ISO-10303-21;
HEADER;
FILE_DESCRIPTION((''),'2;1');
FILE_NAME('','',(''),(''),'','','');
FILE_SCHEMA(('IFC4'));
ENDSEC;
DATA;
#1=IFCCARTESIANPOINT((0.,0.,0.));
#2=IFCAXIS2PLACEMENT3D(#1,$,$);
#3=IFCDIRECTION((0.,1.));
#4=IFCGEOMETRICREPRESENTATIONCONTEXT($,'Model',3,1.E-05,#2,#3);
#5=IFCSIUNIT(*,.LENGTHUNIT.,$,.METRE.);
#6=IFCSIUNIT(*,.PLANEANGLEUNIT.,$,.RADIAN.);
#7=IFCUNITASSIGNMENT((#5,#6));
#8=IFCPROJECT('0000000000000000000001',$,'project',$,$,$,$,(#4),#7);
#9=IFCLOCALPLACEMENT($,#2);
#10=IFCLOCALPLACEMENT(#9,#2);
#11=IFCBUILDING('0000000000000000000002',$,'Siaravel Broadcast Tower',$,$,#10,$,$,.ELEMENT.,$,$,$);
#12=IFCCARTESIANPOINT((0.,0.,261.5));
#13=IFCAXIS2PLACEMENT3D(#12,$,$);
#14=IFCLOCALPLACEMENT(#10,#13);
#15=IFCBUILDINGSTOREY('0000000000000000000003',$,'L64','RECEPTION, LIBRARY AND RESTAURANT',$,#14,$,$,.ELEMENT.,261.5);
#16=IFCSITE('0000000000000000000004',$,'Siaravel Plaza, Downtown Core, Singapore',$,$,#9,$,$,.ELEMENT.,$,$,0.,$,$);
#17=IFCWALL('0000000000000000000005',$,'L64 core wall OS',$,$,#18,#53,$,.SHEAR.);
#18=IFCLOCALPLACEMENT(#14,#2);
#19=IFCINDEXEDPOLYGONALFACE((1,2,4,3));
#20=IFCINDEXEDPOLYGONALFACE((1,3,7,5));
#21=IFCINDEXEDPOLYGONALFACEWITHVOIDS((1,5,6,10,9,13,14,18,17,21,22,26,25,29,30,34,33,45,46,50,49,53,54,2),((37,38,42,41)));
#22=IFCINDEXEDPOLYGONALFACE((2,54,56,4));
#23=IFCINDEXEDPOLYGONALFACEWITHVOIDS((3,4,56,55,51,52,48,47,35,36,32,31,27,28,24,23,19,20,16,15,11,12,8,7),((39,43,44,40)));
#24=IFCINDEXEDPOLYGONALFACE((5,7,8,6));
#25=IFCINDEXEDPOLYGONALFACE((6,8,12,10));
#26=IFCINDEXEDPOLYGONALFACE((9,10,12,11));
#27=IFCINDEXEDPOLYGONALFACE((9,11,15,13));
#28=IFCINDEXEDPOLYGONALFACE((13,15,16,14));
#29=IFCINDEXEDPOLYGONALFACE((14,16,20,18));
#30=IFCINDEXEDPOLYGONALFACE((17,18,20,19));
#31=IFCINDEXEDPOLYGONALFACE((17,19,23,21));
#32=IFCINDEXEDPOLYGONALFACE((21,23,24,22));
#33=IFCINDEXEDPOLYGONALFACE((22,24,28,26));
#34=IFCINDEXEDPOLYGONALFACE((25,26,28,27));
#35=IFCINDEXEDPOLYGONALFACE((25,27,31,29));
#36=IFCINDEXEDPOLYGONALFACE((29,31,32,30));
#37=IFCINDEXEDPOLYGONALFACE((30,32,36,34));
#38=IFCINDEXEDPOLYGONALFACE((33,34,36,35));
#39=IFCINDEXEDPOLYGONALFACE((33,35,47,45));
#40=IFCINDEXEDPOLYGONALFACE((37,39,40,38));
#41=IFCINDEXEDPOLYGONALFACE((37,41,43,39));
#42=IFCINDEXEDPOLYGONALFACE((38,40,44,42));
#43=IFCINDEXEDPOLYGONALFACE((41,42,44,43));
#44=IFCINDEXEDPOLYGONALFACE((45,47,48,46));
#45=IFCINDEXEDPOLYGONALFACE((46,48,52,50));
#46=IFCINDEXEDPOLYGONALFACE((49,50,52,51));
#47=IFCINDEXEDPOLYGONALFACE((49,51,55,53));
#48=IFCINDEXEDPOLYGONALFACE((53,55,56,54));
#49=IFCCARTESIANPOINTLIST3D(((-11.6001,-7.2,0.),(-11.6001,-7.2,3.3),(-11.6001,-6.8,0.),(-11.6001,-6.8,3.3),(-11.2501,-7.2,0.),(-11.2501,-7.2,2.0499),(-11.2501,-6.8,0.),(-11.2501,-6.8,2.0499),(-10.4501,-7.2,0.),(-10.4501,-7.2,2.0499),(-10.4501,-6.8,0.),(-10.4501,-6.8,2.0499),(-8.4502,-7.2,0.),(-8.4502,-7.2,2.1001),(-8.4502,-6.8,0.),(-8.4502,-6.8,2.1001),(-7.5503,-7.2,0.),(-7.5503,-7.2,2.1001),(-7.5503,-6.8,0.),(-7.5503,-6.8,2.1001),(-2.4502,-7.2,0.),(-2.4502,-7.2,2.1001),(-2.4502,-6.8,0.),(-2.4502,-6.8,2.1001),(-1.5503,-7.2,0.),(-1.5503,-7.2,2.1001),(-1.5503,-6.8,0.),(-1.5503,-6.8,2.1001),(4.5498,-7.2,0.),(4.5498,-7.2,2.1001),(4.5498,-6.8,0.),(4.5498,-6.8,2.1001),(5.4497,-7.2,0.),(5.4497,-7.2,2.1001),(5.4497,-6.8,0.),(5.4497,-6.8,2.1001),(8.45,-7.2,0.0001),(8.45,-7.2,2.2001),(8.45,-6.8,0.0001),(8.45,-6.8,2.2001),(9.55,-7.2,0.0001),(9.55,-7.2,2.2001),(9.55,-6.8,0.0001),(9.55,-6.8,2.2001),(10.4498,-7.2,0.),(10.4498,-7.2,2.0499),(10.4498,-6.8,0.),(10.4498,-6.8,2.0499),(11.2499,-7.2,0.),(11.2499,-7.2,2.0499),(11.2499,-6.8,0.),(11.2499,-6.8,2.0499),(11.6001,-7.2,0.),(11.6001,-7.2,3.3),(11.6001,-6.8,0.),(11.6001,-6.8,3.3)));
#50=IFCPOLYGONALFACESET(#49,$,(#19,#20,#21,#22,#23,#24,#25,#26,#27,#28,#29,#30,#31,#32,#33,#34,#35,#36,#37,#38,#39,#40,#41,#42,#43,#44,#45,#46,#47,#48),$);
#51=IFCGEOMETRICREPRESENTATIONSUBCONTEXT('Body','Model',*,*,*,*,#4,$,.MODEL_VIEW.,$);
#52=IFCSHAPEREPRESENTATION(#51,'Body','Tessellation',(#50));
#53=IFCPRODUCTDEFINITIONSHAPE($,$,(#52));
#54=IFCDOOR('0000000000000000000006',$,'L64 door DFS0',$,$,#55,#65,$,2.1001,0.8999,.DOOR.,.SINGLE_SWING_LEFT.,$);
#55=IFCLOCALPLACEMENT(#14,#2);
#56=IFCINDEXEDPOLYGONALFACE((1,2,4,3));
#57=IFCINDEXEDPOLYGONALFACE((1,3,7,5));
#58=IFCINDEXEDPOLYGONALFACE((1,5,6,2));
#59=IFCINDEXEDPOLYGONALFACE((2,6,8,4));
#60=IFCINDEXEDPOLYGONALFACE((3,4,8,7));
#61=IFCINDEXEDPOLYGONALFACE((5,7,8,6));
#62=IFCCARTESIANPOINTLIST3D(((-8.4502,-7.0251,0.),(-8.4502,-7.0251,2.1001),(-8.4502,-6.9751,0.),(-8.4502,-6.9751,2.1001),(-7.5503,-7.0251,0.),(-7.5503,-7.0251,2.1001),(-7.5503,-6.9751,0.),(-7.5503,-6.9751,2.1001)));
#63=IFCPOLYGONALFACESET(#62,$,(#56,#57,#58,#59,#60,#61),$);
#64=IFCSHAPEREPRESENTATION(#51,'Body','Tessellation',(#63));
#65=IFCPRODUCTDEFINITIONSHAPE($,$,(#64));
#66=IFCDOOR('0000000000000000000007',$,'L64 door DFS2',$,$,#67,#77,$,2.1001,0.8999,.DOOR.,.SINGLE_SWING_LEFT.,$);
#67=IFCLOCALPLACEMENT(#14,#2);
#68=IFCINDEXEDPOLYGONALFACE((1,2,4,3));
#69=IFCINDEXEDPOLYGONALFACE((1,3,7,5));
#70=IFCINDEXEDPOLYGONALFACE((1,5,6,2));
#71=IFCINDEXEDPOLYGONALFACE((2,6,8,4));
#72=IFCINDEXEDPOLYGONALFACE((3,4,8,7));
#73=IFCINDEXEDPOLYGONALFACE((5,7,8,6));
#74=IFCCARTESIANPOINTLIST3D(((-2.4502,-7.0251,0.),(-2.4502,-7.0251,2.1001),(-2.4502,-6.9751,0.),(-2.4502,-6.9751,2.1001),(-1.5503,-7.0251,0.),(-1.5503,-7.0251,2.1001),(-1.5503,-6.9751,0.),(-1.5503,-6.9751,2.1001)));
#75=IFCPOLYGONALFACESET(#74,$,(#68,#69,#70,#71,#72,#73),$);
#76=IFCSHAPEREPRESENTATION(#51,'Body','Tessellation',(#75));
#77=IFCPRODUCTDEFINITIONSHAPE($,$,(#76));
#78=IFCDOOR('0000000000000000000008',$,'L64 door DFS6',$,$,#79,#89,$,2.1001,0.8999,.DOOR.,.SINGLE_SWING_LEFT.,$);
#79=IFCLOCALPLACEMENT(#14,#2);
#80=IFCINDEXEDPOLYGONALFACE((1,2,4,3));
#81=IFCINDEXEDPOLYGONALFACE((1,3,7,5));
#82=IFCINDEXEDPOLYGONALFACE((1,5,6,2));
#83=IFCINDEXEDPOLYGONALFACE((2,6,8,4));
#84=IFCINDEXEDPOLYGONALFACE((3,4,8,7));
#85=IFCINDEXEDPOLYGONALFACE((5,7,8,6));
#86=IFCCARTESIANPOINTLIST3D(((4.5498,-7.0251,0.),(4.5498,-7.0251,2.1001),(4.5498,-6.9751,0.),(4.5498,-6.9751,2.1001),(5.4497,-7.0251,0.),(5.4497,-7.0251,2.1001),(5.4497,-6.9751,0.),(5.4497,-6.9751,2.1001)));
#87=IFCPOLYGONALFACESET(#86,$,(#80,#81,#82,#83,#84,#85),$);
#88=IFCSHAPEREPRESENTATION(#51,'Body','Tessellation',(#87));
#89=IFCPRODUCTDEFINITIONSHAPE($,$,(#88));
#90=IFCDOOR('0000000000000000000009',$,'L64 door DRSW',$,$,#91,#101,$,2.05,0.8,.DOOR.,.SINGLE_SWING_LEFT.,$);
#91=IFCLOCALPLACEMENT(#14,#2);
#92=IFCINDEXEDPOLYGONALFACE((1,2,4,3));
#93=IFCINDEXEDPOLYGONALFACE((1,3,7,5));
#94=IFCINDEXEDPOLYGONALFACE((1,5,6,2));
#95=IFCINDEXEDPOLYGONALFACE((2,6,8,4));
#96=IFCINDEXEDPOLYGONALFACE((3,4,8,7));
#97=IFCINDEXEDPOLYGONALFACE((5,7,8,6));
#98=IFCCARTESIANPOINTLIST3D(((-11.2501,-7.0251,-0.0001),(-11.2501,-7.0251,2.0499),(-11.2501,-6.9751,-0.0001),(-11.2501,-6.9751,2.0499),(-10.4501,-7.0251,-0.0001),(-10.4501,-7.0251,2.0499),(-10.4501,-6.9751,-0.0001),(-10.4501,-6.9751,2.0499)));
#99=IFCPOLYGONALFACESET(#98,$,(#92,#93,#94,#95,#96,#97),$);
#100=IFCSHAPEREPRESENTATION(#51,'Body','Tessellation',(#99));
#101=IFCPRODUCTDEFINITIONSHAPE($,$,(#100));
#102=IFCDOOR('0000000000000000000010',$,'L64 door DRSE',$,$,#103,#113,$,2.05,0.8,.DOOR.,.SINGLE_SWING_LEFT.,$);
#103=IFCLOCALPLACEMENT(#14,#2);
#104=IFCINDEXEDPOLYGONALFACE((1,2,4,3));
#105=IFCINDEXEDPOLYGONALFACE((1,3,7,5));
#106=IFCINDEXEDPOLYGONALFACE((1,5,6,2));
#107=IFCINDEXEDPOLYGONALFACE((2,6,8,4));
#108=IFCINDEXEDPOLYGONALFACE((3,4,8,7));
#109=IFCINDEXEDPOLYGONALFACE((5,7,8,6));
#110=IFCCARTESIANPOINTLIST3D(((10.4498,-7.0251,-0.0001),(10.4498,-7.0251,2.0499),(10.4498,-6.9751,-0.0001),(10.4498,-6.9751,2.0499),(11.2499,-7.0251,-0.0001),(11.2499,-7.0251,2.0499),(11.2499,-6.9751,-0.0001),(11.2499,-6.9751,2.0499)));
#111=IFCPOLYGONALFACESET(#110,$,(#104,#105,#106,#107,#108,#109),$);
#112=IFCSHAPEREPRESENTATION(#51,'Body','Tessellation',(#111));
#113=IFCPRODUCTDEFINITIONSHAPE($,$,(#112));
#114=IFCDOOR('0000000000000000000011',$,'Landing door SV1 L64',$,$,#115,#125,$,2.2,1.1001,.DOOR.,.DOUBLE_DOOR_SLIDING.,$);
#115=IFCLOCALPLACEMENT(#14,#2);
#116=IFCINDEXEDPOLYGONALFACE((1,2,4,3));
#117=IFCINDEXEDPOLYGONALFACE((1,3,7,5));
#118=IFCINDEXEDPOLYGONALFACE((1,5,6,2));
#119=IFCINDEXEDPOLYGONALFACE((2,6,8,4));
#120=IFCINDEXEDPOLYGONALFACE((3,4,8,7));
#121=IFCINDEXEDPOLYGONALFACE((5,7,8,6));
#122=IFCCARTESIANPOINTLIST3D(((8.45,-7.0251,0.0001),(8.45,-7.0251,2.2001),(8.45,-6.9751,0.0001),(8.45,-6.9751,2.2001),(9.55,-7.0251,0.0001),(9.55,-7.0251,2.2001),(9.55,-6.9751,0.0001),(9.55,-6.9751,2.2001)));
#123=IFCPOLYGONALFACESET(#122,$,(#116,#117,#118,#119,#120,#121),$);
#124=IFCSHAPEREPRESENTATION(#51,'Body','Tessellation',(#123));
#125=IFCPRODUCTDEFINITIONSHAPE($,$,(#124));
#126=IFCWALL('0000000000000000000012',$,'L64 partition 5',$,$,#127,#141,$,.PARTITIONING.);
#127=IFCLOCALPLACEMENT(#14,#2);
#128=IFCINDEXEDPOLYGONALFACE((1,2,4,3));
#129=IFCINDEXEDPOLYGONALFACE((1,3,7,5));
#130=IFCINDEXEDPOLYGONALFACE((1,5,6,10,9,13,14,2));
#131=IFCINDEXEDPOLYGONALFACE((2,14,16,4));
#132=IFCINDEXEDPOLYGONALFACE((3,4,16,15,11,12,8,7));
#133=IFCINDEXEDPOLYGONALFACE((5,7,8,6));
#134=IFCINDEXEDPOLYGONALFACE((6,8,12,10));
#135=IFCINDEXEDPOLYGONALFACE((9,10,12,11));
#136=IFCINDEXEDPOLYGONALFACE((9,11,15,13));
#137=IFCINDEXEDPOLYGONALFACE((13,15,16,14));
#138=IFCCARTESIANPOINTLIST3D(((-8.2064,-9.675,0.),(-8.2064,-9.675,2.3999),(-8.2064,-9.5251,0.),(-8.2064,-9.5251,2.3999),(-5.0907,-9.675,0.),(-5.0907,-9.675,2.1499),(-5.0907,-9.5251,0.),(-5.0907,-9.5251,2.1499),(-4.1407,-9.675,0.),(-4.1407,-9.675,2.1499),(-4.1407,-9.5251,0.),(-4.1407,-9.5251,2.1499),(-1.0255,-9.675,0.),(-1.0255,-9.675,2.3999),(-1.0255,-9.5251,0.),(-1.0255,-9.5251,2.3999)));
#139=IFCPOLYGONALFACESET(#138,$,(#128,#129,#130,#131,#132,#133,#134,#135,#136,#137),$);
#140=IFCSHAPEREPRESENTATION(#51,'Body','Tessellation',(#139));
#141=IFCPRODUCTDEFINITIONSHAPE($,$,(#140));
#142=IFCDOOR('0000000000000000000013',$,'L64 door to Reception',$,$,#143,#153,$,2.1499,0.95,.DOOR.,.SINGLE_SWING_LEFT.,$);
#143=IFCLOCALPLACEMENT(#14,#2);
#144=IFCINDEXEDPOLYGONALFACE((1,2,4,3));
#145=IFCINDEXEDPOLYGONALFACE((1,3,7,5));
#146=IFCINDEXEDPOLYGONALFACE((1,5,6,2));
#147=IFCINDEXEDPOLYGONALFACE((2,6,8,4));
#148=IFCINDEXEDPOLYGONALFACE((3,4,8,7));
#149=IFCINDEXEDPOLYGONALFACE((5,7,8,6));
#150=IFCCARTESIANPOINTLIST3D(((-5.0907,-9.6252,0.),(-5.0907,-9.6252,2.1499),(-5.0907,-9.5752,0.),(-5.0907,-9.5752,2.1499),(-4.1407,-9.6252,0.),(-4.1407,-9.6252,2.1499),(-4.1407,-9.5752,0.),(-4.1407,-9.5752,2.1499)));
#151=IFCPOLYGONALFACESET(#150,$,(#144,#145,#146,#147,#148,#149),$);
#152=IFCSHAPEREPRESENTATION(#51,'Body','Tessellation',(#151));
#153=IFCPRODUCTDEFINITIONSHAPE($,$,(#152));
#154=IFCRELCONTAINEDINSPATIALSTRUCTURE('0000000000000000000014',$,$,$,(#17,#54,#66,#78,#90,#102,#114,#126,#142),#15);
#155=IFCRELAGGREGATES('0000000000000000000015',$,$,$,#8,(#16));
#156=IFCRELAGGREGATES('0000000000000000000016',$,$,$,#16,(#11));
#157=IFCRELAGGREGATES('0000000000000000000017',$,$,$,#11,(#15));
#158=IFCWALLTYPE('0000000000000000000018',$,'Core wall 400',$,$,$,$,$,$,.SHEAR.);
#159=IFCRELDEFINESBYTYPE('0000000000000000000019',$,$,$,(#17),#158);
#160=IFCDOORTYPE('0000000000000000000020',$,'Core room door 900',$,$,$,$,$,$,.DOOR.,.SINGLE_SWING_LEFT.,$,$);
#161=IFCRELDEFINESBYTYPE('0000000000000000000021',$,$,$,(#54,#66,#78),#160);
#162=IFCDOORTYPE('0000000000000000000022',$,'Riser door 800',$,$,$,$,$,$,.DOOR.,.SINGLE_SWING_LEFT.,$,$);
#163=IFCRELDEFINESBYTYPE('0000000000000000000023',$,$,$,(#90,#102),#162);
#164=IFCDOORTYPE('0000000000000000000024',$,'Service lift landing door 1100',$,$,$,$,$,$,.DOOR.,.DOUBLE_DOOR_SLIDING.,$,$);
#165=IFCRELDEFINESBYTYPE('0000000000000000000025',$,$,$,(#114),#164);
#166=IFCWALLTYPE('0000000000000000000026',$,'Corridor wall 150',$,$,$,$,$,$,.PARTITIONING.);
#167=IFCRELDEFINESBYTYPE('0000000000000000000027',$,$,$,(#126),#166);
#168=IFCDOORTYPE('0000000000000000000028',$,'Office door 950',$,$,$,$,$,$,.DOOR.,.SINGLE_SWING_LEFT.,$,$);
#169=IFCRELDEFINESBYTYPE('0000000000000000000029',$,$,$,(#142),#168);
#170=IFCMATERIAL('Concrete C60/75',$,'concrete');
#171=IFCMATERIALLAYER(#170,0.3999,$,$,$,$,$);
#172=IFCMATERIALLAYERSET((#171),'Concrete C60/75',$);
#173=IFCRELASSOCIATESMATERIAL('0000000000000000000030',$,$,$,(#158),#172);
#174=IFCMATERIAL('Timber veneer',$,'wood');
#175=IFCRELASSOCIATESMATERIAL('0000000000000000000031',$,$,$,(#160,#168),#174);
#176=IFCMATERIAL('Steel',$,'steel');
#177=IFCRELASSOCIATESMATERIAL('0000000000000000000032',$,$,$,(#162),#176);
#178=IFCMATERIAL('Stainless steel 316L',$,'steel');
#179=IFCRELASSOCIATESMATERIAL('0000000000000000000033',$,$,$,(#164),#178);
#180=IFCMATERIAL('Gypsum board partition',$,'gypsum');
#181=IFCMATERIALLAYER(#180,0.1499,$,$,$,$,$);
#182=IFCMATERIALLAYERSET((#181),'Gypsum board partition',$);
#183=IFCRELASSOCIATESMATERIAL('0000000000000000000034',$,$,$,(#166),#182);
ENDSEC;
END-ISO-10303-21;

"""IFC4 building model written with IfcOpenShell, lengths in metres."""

from ifc_helpers import new_model, si_unit, direction, frame, frame_2d, origin, place, context, subcontext, project, spatial, rectangle, extrude, material, layer, layer_set, type_object, element, fill, save


model = new_model("IFC4")

# Units and contexts
model_context = context("Model", 3, precision=1e-05, world=origin(), true_north=direction((0.0, 1.0)))
body_context = subcontext(model_context, "Body", "Model", "MODEL_VIEW")
ifc_project = project(units=[si_unit("LENGTHUNIT", "METRE"), si_unit("PLANEANGLEUNIT", "RADIAN")], contexts=[model_context])

# Site, building, storey
site_placement = place(None, origin())
site = spatial("IfcSite", under=ifc_project, at=site_placement, Name="Siaravel Plaza, Downtown Core, Singapore", CompositionType="ELEMENT", RefElevation=0.0)
building_placement = place(site_placement, origin())
building = spatial("IfcBuilding", under=site, at=building_placement, Name="Siaravel Broadcast Tower", CompositionType="ELEMENT")
storey_placement = place(building_placement, frame((0.0, 0.0, 261.5)))
storey = spatial("IfcBuildingStorey", under=building, at=storey_placement, Name="L64", Description="RECEPTION, LIBRARY AND RESTAURANT", CompositionType="ELEMENT", Elevation=261.5)

# Wall, openings, doors
ifc_material_1 = material(Name="Concrete C60/75", Category="concrete")
ifc_layer_1 = layer(ifc_material_1, 0.3999)
ifc_layer_set_1 = layer_set([ifc_layer_1], Name="Concrete C60/75")
wall_type_1 = type_object("IfcWallType", Name="Core wall 400", PredefinedType="SHEAR", material=ifc_layer_set_1)
wall_1_placement = place(storey_placement, frame((-11.6001, -7.0, 0.0), z_axis=(0.0, 0.0, 1.0), x_axis=(1.0, 0.0, 0.0)))
wall_1 = element("IfcWall", 1, at=wall_1_placement, inside=storey, type_object=wall_type_1, Name="L64 core wall OS", PredefinedType="SHEAR", context=body_context, shape_type="SweptSolid", body=[
    extrude(rectangle(XDim=23.2002, YDim=0.3999, at=frame_2d((11.6001, 0.0))), origin(), (0.0, 0.0, 1.0), 3.3),
])
opening_1_placement = place(wall_1_placement, frame((20.05, 0.0, 0.0)))
opening_1 = element("IfcOpeningElement", 2, at=opening_1_placement, cuts=wall_1, PredefinedType="OPENING", context=body_context, shape_type="SweptSolid", body=[
    extrude(rectangle(XDim=1.1001, YDim=2.2, at=frame_2d((0.55, 1.1001))), frame((0.0, 0.21, 0.0), z_axis=(0.0, -1.0, 0.0), x_axis=(1.0, 0.0, 0.0)), (0.0, 0.0, 1.0), 0.4199),
])
opening_2_placement = place(wall_1_placement, frame((3.1499, 0.0, 0.0)))
opening_2 = element("IfcOpeningElement", 3, at=opening_2_placement, cuts=wall_1, PredefinedType="OPENING", context=body_context, shape_type="SweptSolid", body=[
    extrude(rectangle(XDim=0.8999, YDim=2.1001, at=frame_2d((0.45, 1.05))), frame((0.0, 0.21, 0.0), z_axis=(0.0, -1.0, 0.0), x_axis=(1.0, 0.0, 0.0)), (0.0, 0.0, 1.0), 0.4199),
])
opening_3_placement = place(wall_1_placement, frame((9.1499, 0.0, 0.0)))
opening_3 = element("IfcOpeningElement", 4, at=opening_3_placement, cuts=wall_1, PredefinedType="OPENING", context=body_context, shape_type="SweptSolid", body=[
    extrude(rectangle(XDim=0.8999, YDim=2.1001, at=frame_2d((0.45, 1.05))), frame((0.0, 0.21, 0.0), z_axis=(0.0, -1.0, 0.0), x_axis=(1.0, 0.0, 0.0)), (0.0, 0.0, 1.0), 0.4199),
])
opening_4_placement = place(wall_1_placement, frame((16.1499, 0.0, 0.0)))
opening_4 = element("IfcOpeningElement", 5, at=opening_4_placement, cuts=wall_1, PredefinedType="OPENING", context=body_context, shape_type="SweptSolid", body=[
    extrude(rectangle(XDim=0.8999, YDim=2.1001, at=frame_2d((0.45, 1.05))), frame((0.0, 0.21, 0.0), z_axis=(0.0, -1.0, 0.0), x_axis=(1.0, 0.0, 0.0)), (0.0, 0.0, 1.0), 0.4199),
])
opening_5_placement = place(wall_1_placement, frame((0.3501, 0.0, 0.0)))
opening_5 = element("IfcOpeningElement", 6, at=opening_5_placement, cuts=wall_1, PredefinedType="OPENING", context=body_context, shape_type="SweptSolid", body=[
    extrude(rectangle(XDim=0.8, YDim=2.05, at=frame_2d((0.3999, 1.0249))), frame((0.0, 0.21, 0.0), z_axis=(0.0, -1.0, 0.0), x_axis=(1.0, 0.0, 0.0)), (0.0, 0.0, 1.0), 0.4199),
])
opening_6_placement = place(wall_1_placement, frame((22.05, 0.0, 0.0)))
opening_6 = element("IfcOpeningElement", 7, at=opening_6_placement, cuts=wall_1, PredefinedType="OPENING", context=body_context, shape_type="SweptSolid", body=[
    extrude(rectangle(XDim=0.8, YDim=2.05, at=frame_2d((0.3999, 1.0249))), frame((0.0, 0.21, 0.0), z_axis=(0.0, -1.0, 0.0), x_axis=(1.0, 0.0, 0.0)), (0.0, 0.0, 1.0), 0.4199),
])
ifc_material_2 = material(Name="Timber veneer", Category="wood")
door_type_1 = type_object("IfcDoorType", Name="Core room door 900", OperationType="SINGLE_SWING_LEFT", PredefinedType="DOOR", material=ifc_material_2)
door_1_placement = place(opening_2_placement, origin())
door_1 = element("IfcDoor", 8, at=door_1_placement, inside=storey, type_object=door_type_1, Name="L64 door DFS0", OperationType="SINGLE_SWING_LEFT", OverallHeight=2.1001, OverallWidth=0.8999, PredefinedType="DOOR", context=body_context, shape_type="SweptSolid", body=[
    extrude(rectangle(XDim=0.8999, YDim=2.1001, at=frame_2d((0.45, 1.05))), frame((0.0, 0.0249, 0.0), z_axis=(0.0, -1.0, 0.0), x_axis=(1.0, 0.0, 0.0)), (0.0, 0.0, 1.0), 0.05),
])
fill(opening_2, door_1)
door_2_placement = place(opening_3_placement, origin())
door_2 = element("IfcDoor", 9, at=door_2_placement, inside=storey, type_object=door_type_1, Name="L64 door DFS2", OperationType="SINGLE_SWING_LEFT", OverallHeight=2.1001, OverallWidth=0.8999, PredefinedType="DOOR", context=body_context, shape_type="SweptSolid", body=[
    extrude(rectangle(XDim=0.8999, YDim=2.1001, at=frame_2d((0.45, 1.05))), frame((0.0, 0.0249, 0.0), z_axis=(0.0, -1.0, 0.0), x_axis=(1.0, 0.0, 0.0)), (0.0, 0.0, 1.0), 0.05),
])
fill(opening_3, door_2)
door_3_placement = place(opening_4_placement, origin())
door_3 = element("IfcDoor", 10, at=door_3_placement, inside=storey, type_object=door_type_1, Name="L64 door DFS6", OperationType="SINGLE_SWING_LEFT", OverallHeight=2.1001, OverallWidth=0.8999, PredefinedType="DOOR", context=body_context, shape_type="SweptSolid", body=[
    extrude(rectangle(XDim=0.8999, YDim=2.1001, at=frame_2d((0.45, 1.05))), frame((0.0, 0.0249, 0.0), z_axis=(0.0, -1.0, 0.0), x_axis=(1.0, 0.0, 0.0)), (0.0, 0.0, 1.0), 0.05),
])
fill(opening_4, door_3)
ifc_material_3 = material(Name="Steel", Category="steel")
door_type_2 = type_object("IfcDoorType", Name="Riser door 800", OperationType="SINGLE_SWING_LEFT", PredefinedType="DOOR", material=ifc_material_3)
door_4_placement = place(opening_5_placement, origin())
door_4 = element("IfcDoor", 11, at=door_4_placement, inside=storey, type_object=door_type_2, Name="L64 door DRSW", OperationType="SINGLE_SWING_LEFT", OverallHeight=2.05, OverallWidth=0.8, PredefinedType="DOOR", context=body_context, shape_type="SweptSolid", body=[
    extrude(rectangle(XDim=0.8, YDim=2.05, at=frame_2d((0.3999, 1.0249))), frame((0.0, 0.0249, 0.0), z_axis=(0.0, -1.0, 0.0), x_axis=(1.0, 0.0, 0.0)), (0.0, 0.0, 1.0), 0.05),
])
fill(opening_5, door_4)
door_5_placement = place(opening_6_placement, origin())
door_5 = element("IfcDoor", 12, at=door_5_placement, inside=storey, type_object=door_type_2, Name="L64 door DRSE", OperationType="SINGLE_SWING_LEFT", OverallHeight=2.05, OverallWidth=0.8, PredefinedType="DOOR", context=body_context, shape_type="SweptSolid", body=[
    extrude(rectangle(XDim=0.8, YDim=2.05, at=frame_2d((0.3999, 1.0249))), frame((0.0, 0.0249, 0.0), z_axis=(0.0, -1.0, 0.0), x_axis=(1.0, 0.0, 0.0)), (0.0, 0.0, 1.0), 0.05),
])
fill(opening_6, door_5)
ifc_material_4 = material(Name="Stainless steel 316L", Category="steel")
door_type_3 = type_object("IfcDoorType", Name="Service lift landing door 1100", OperationType="DOUBLE_DOOR_SLIDING", PredefinedType="DOOR", material=ifc_material_4)
door_6_placement = place(opening_1_placement, origin())
door_6 = element("IfcDoor", 13, at=door_6_placement, inside=storey, type_object=door_type_3, Name="Landing door SV1 L64", OperationType="DOUBLE_DOOR_SLIDING", OverallHeight=2.2, OverallWidth=1.1001, PredefinedType="DOOR", context=body_context, shape_type="SweptSolid", body=[
    extrude(rectangle(XDim=1.1001, YDim=2.2, at=frame_2d((0.55, 1.1001))), frame((0.0, 0.0249, 0.0), z_axis=(0.0, -1.0, 0.0), x_axis=(1.0, 0.0, 0.0)), (0.0, 0.0, 1.0), 0.05),
])
fill(opening_1, door_6)

# Wall, opening, door
ifc_material_5 = material(Name="Gypsum board partition", Category="gypsum")
ifc_layer_2 = layer(ifc_material_5, 0.1499)
ifc_layer_set_2 = layer_set([ifc_layer_2], Name="Gypsum board partition")
wall_type_2 = type_object("IfcWallType", Name="Corridor wall 150", PredefinedType="PARTITIONING", material=ifc_layer_set_2)
wall_2_placement = place(storey_placement, frame((-8.2063, -9.6001, 0.0), z_axis=(0.0, 0.0, 1.0), x_axis=(1.0, 0.0, 0.0)))
wall_2 = element("IfcWall", 14, at=wall_2_placement, inside=storey, type_object=wall_type_2, Name="L64 partition 5", PredefinedType="PARTITIONING", context=body_context, shape_type="SweptSolid", body=[
    extrude(rectangle(XDim=7.1809, YDim=0.1499, at=frame_2d((3.5903, 0.0))), origin(), (0.0, 0.0, 1.0), 2.3999),
])
opening_7_placement = place(wall_2_placement, frame((3.1155, 0.0, 0.0)))
opening_7 = element("IfcOpeningElement", 15, at=opening_7_placement, cuts=wall_2, PredefinedType="OPENING", context=body_context, shape_type="SweptSolid", body=[
    extrude(rectangle(XDim=0.95, YDim=2.1499, at=frame_2d((0.4751, 1.075))), frame((0.0, 0.085, 0.0), z_axis=(0.0, -1.0, 0.0), x_axis=(1.0, 0.0, 0.0)), (0.0, 0.0, 1.0), 0.1699),
])
door_type_4 = type_object("IfcDoorType", Name="Office door 950", OperationType="SINGLE_SWING_LEFT", PredefinedType="DOOR", material=ifc_material_2)
door_7_placement = place(opening_7_placement, origin())
door_7 = element("IfcDoor", 16, at=door_7_placement, inside=storey, type_object=door_type_4, Name="L64 door to Reception", OperationType="SINGLE_SWING_LEFT", OverallHeight=2.1499, OverallWidth=0.95, PredefinedType="DOOR", context=body_context, shape_type="SweptSolid", body=[
    extrude(rectangle(XDim=0.95, YDim=2.1499, at=frame_2d((0.4751, 1.075))), frame((0.0, 0.0249, 0.0), z_axis=(0.0, -1.0, 0.0), x_axis=(1.0, 0.0, 0.0)), (0.0, 0.0, 1.0), 0.05),
])
fill(opening_7, door_7)

save(model, "model.ifc")
